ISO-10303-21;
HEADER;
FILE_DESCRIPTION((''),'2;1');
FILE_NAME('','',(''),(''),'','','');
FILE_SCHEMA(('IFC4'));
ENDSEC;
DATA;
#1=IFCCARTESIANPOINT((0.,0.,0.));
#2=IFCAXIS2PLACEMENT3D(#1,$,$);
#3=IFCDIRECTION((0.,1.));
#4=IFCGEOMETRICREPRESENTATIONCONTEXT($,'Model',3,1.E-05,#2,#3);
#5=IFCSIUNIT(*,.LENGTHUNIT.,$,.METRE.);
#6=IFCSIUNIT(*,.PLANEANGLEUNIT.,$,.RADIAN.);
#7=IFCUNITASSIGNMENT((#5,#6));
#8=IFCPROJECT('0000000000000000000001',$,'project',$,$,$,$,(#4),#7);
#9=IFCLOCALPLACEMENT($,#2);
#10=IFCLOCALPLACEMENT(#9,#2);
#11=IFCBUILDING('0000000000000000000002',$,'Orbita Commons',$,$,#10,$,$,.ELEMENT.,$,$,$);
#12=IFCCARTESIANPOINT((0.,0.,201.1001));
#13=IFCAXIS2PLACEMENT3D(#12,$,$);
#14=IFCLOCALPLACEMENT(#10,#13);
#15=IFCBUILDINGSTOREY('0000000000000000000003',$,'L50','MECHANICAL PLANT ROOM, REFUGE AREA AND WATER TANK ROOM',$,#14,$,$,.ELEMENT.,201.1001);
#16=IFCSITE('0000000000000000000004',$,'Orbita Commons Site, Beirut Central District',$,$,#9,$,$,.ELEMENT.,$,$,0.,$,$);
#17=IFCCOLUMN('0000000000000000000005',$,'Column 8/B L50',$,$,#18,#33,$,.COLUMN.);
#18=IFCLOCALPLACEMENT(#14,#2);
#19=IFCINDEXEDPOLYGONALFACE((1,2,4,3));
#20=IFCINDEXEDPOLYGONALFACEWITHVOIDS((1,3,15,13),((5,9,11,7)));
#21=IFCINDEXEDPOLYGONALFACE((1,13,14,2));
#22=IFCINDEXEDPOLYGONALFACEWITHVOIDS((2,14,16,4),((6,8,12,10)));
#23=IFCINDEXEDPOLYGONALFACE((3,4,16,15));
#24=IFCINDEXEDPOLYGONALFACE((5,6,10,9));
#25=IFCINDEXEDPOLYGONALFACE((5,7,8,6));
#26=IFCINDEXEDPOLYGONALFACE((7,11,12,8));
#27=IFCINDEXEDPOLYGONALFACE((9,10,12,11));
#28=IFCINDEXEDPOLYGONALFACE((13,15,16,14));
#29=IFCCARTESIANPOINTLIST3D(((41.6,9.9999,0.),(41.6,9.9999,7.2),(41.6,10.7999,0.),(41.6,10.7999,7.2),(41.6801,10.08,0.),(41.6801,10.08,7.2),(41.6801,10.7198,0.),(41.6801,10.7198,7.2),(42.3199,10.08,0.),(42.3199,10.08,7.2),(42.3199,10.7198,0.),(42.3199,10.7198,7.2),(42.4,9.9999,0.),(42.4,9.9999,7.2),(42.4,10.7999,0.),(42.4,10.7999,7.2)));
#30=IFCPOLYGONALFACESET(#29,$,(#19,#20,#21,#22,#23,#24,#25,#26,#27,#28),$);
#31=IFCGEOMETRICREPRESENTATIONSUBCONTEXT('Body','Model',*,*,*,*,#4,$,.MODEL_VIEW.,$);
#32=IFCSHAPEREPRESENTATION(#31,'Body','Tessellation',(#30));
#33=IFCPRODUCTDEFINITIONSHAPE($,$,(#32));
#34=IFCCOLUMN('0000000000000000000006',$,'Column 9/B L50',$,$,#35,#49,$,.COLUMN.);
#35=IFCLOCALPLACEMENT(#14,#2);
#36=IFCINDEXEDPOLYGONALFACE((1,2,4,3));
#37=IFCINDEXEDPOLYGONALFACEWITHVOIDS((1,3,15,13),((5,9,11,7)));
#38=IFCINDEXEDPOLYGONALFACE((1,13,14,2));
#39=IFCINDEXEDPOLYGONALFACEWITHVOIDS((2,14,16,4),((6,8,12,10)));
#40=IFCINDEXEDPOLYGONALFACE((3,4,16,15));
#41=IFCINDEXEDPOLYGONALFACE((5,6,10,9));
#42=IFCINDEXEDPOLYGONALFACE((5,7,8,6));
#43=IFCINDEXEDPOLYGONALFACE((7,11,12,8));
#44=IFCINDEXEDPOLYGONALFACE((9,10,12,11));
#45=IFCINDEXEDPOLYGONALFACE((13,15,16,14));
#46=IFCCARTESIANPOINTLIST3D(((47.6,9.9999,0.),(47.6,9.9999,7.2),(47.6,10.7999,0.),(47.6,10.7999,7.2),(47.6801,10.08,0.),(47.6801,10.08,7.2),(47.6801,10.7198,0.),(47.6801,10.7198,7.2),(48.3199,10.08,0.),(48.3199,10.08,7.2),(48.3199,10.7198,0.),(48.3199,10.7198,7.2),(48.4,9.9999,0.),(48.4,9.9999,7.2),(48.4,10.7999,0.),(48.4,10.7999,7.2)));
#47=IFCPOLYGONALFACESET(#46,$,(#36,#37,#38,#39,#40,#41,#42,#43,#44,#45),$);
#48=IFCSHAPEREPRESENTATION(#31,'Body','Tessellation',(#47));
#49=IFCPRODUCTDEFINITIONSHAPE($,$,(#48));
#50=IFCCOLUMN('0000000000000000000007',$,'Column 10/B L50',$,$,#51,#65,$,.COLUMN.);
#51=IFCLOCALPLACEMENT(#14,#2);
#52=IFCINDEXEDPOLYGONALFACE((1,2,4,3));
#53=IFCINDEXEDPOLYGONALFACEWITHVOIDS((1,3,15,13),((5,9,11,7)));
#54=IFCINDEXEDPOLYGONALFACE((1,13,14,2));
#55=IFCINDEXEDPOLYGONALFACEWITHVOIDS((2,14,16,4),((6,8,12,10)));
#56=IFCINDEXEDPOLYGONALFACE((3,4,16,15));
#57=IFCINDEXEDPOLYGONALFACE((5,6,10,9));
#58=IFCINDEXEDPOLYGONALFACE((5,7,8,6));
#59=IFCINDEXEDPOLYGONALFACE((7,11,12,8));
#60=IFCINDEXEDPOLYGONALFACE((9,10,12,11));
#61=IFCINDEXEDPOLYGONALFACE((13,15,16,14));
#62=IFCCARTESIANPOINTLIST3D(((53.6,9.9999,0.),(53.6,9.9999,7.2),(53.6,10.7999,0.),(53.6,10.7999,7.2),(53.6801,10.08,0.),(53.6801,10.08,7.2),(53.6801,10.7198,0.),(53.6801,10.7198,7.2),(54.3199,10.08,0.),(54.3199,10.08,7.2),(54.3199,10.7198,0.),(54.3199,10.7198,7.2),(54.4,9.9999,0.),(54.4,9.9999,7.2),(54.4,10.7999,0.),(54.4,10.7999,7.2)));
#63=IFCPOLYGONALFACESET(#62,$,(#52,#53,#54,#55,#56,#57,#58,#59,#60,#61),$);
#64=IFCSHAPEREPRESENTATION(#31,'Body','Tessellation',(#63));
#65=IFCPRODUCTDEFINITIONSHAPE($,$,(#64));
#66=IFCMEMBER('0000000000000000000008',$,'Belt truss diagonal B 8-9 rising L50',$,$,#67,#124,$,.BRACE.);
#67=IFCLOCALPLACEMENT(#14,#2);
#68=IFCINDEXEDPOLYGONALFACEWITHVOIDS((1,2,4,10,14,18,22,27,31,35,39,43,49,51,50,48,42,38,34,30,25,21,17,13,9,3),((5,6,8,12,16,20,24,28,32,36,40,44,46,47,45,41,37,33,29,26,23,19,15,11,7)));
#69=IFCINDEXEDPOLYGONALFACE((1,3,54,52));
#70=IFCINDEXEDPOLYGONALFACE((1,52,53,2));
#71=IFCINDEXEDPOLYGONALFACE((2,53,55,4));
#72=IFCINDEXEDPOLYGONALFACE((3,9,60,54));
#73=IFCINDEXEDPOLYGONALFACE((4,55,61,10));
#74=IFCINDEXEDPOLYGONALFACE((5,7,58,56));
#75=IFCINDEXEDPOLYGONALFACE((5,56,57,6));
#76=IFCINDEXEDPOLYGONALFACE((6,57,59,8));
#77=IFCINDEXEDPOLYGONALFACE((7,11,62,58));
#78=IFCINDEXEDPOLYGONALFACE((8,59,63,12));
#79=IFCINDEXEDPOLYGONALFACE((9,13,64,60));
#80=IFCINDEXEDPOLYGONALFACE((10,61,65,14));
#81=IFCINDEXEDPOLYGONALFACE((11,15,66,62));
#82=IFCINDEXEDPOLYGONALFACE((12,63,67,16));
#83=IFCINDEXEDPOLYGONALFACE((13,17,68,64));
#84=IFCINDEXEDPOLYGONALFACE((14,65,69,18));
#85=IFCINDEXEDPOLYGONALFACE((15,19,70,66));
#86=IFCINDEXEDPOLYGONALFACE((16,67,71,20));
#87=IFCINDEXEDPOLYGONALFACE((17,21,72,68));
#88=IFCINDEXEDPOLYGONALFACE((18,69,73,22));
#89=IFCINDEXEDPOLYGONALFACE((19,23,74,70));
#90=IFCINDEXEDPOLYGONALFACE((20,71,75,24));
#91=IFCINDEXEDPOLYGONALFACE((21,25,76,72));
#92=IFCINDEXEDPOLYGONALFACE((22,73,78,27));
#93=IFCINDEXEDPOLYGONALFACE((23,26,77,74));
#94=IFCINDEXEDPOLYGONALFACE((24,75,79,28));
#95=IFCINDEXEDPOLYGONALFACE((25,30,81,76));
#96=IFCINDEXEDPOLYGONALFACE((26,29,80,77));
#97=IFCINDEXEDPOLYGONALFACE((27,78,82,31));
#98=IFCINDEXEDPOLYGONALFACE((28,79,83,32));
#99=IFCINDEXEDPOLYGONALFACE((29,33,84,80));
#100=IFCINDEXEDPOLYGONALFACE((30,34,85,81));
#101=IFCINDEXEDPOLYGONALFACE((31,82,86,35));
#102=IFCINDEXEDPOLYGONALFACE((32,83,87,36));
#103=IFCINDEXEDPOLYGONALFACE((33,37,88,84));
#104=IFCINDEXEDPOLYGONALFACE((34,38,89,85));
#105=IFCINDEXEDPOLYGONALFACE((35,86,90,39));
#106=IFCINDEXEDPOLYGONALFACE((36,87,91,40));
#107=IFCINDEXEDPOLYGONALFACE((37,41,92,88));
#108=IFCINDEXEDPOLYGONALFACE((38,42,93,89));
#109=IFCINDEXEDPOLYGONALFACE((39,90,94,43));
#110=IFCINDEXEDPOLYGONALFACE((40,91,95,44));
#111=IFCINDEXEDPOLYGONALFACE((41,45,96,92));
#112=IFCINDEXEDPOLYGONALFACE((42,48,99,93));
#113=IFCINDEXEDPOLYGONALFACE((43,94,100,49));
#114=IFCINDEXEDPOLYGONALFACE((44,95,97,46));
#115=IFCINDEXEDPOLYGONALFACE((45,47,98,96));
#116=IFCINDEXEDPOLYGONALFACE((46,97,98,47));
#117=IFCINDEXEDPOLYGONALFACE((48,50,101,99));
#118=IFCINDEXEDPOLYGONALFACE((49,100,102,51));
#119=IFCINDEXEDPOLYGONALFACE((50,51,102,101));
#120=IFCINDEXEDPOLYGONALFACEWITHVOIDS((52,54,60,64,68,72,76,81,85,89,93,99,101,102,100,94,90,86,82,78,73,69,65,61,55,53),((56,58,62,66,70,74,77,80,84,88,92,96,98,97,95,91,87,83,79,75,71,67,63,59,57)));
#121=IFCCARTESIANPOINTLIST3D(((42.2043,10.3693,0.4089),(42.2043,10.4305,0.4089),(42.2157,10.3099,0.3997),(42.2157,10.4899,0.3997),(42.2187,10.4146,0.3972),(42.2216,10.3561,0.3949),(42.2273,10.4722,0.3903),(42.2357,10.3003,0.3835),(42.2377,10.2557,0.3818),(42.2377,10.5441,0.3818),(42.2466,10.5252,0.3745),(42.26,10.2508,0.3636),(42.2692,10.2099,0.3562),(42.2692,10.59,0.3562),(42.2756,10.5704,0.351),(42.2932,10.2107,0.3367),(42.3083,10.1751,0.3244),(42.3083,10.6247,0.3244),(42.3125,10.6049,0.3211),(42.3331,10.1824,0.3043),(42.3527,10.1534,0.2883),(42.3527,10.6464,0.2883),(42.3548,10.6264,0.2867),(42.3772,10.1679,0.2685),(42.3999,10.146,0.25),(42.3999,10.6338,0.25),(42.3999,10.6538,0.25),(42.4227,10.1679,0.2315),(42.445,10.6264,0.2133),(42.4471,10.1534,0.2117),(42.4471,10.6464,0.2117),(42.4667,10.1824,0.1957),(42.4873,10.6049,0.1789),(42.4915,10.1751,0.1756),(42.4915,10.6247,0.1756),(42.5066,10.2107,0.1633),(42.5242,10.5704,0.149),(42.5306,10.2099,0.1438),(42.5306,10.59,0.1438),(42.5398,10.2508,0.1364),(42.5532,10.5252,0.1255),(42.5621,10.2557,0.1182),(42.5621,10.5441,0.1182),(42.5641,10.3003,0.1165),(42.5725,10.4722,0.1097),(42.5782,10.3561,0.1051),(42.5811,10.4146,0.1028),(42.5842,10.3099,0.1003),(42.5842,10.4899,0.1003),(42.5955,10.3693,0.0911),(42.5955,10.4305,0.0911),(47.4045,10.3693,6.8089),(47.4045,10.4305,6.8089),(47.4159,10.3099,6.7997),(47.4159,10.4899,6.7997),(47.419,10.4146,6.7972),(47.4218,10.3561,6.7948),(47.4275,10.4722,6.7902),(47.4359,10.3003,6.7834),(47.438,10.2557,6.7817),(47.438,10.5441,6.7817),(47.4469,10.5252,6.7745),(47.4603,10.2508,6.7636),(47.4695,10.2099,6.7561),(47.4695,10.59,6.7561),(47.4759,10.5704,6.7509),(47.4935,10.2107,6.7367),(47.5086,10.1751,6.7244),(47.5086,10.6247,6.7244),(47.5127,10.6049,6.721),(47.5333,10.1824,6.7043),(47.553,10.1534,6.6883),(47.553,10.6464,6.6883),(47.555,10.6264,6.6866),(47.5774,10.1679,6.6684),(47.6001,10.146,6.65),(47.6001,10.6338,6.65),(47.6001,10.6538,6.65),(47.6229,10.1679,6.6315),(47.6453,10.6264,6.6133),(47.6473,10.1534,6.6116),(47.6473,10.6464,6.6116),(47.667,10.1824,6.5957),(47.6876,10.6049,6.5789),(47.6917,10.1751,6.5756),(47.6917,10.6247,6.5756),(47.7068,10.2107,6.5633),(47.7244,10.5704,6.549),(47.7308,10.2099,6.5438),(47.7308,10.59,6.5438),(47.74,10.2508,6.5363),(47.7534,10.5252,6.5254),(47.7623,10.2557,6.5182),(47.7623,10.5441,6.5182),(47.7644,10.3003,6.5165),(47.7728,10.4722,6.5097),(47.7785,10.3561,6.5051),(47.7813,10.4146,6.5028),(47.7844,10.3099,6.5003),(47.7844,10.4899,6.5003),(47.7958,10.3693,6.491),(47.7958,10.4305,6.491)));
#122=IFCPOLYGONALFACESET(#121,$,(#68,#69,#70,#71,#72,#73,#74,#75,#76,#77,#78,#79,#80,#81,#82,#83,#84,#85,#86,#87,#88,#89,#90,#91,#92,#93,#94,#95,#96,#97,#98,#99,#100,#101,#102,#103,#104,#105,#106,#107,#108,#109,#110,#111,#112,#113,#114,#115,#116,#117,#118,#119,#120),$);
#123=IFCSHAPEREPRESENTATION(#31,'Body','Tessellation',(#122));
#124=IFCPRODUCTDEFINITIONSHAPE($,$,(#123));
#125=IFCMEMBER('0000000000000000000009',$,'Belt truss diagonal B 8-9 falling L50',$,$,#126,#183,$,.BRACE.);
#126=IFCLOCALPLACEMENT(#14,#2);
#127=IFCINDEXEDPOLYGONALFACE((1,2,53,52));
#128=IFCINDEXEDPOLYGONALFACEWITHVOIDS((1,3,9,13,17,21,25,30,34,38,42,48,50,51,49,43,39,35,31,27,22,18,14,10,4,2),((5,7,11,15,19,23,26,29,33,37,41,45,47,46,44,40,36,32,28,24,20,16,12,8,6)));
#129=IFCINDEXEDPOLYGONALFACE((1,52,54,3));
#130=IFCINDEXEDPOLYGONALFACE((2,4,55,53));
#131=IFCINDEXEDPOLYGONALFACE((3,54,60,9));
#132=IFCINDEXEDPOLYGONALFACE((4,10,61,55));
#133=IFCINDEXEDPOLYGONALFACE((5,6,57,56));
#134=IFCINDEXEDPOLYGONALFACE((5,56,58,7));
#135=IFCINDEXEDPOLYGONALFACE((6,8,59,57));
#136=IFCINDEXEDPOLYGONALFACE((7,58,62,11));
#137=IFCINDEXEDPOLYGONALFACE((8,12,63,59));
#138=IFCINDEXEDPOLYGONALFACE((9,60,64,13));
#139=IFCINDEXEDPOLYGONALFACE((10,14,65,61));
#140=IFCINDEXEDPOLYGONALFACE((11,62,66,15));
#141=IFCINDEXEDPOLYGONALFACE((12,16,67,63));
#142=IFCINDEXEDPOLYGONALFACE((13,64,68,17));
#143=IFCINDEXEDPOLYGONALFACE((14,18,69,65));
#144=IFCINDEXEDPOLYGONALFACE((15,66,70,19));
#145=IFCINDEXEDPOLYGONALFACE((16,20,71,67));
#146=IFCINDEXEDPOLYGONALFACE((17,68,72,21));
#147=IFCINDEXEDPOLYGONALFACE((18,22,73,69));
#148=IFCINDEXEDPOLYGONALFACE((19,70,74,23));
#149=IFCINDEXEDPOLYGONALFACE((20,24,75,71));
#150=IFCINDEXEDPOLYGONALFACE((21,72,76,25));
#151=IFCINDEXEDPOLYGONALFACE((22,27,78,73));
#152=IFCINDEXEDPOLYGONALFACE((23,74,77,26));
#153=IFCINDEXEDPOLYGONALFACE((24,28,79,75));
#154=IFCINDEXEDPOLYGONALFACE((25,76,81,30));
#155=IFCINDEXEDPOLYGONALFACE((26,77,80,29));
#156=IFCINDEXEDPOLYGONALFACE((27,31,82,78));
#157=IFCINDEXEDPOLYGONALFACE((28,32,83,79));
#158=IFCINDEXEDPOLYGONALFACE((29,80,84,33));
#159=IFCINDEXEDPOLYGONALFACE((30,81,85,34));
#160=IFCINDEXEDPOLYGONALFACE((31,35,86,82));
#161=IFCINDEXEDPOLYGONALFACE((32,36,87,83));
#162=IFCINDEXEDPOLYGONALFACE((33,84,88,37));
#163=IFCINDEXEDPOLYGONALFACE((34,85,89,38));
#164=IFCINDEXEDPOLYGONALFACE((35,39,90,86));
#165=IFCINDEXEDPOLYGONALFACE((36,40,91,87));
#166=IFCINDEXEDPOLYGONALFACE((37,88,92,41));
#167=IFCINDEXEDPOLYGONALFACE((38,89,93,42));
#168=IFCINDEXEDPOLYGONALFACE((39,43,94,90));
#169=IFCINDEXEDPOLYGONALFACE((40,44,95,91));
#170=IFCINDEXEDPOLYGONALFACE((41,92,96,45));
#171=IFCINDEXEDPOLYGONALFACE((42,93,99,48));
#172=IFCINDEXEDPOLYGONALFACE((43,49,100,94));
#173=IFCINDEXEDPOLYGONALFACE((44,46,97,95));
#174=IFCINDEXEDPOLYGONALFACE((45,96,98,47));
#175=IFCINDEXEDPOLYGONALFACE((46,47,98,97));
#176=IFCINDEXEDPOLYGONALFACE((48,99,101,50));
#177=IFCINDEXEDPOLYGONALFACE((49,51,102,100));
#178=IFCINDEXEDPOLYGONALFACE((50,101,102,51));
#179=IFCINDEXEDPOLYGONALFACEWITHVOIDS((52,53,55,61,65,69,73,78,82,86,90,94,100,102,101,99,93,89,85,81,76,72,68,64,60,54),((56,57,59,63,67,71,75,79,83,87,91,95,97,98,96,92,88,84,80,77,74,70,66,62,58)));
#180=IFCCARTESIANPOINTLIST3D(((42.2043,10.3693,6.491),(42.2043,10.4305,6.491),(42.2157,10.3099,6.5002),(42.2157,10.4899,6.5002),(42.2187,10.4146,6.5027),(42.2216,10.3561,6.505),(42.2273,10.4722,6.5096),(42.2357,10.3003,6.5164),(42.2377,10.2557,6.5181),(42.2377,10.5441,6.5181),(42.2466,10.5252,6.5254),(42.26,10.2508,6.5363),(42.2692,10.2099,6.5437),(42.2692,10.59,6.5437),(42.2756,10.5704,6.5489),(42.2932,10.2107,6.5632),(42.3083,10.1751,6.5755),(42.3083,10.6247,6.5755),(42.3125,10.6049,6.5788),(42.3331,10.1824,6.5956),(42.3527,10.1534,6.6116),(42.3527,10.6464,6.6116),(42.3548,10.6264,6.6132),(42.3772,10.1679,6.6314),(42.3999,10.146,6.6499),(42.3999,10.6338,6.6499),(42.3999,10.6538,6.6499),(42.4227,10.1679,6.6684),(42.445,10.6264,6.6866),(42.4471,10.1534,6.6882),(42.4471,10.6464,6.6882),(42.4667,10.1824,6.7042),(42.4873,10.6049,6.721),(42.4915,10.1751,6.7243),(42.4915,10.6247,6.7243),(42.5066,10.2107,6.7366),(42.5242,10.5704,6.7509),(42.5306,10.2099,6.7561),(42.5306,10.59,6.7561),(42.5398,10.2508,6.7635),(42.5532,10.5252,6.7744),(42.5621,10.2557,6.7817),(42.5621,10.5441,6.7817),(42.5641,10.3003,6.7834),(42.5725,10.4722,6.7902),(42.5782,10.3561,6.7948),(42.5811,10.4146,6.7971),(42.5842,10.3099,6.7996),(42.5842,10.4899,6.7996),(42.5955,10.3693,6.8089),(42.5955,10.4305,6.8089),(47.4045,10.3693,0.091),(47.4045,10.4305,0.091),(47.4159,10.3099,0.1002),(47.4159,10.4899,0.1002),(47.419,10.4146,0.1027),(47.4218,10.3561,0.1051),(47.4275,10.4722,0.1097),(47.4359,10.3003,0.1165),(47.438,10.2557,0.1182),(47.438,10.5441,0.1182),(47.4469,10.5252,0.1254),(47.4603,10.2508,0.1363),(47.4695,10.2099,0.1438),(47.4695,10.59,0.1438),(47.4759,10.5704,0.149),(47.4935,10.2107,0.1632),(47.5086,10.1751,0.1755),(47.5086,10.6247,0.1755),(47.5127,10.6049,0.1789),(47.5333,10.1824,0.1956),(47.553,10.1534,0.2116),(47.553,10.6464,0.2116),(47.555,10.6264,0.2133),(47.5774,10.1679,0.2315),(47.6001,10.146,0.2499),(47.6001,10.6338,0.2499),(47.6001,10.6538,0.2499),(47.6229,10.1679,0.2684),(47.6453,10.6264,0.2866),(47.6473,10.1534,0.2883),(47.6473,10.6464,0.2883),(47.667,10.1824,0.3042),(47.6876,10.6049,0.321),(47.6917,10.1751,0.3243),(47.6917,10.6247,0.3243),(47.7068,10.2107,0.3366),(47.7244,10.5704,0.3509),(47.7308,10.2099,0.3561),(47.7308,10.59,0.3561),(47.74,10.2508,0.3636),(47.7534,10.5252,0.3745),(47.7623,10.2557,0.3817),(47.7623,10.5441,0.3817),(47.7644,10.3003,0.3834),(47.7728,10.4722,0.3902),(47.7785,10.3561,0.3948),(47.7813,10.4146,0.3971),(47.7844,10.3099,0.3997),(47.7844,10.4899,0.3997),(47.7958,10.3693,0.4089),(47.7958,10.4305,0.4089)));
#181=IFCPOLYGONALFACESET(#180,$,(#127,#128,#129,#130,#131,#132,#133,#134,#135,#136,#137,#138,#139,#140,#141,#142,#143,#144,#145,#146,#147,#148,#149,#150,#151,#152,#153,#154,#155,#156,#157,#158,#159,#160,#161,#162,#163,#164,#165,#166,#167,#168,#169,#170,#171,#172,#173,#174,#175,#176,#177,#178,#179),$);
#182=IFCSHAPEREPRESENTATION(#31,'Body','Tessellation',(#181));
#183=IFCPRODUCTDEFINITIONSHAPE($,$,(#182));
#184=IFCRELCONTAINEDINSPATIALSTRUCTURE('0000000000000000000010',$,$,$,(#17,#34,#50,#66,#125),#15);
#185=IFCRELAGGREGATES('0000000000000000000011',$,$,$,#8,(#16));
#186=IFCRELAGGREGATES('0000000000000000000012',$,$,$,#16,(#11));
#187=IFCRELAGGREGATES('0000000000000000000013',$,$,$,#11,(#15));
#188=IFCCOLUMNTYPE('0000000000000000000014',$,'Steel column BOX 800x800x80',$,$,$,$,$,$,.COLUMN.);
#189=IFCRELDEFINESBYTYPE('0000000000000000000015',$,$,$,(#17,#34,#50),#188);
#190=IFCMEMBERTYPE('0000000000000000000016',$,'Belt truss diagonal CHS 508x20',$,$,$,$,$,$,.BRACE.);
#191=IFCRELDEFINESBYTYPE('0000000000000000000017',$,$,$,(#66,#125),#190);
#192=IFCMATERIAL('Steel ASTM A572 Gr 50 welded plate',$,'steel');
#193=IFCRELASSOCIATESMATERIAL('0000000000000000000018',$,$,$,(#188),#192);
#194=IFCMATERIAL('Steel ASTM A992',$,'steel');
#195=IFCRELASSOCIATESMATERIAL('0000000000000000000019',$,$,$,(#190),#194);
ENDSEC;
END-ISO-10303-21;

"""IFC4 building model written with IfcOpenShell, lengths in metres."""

from ifc_helpers import new_model, si_unit, direction, frame, origin, origin_2d, place, context, subcontext, project, spatial, hollow_rectangle, hollow_circle, extrude, material, material_profile, profile_set, type_object, element, save


model = new_model("IFC4")

# Units and contexts
model_context = context("Model", 3, precision=1e-05, world=origin(), true_north=direction((0.0, 1.0)))
body_context = subcontext(model_context, "Body", "Model", "MODEL_VIEW")
ifc_project = project(units=[si_unit("LENGTHUNIT", "METRE"), si_unit("PLANEANGLEUNIT", "RADIAN")], contexts=[model_context])

# Site, building, storey
site_placement = place(None, origin())
site = spatial("IfcSite", under=ifc_project, at=site_placement, Name="Orbita Commons Site, Beirut Central District", CompositionType="ELEMENT", RefElevation=0.0)
building_placement = place(site_placement, origin())
building = spatial("IfcBuilding", under=site, at=building_placement, Name="Orbita Commons", CompositionType="ELEMENT")
storey_placement = place(building_placement, frame((0.0, 0.0, 201.1001)))
storey = spatial("IfcBuildingStorey", under=building, at=storey_placement, Name="L50", Description="MECHANICAL PLANT ROOM, REFUGE AREA AND WATER TANK ROOM", CompositionType="ELEMENT", Elevation=201.1001)

# Columns
ifc_material_1 = material(Name="Steel ASTM A572 Gr 50 welded plate", Category="steel")
ifc_material_profile_1 = material_profile(ifc_material_1, hollow_rectangle(XDim=0.8, YDim=0.8, WallThickness=0.0801, at=origin_2d()), Name="BOX 800x800x80")
ifc_profile_set_1 = profile_set([ifc_material_profile_1], Name="Steel ASTM A572 Gr 50 welded plate")
column_type = type_object("IfcColumnType", Name="Steel column BOX 800x800x80", PredefinedType="COLUMN", material=ifc_profile_set_1)
for number, where, z_axis, x_axis, name in (
    (1, (42.0, 10.3999, 0.0), (0.0, 0.0, 1.0), (1.0, 0.0, 0.0), "Column 8/B L50"),
    (2, (48.0, 10.3999, 0.0), (0.0, 0.0, 1.0), (1.0, 0.0, 0.0), "Column 9/B L50"),
    (3, (54.0, 10.3999, 0.0), (0.0, 0.0, 1.0), (1.0, 0.0, 0.0), "Column 10/B L50"),
):
    element("IfcColumn", number, at=place(storey_placement, frame(where, z_axis=z_axis, x_axis=x_axis)), inside=storey, type_object=column_type, Name=name, PredefinedType="COLUMN", context=body_context, shape_type="SweptSolid", body=[
        extrude(hollow_rectangle(XDim=0.8, YDim=0.8, WallThickness=0.0801, at=origin_2d()), origin(), (0.0, 0.0, 1.0), 7.2),
    ])

# Members
ifc_material_2 = material(Name="Steel ASTM A992", Category="steel")
ifc_material_profile_2 = material_profile(ifc_material_2, hollow_circle(Radius=0.2539, WallThickness=0.02, at=origin_2d()), Name="CHS 508x20")
ifc_profile_set_2 = profile_set([ifc_material_profile_2], Name="Steel ASTM A992")
member_type_1 = type_object("IfcMemberType", Name="Belt truss diagonal CHS 508x20", PredefinedType="BRACE", material=ifc_profile_set_2)
for number, where, z_axis, x_axis, name in (
    (4, (42.3999, 10.3999, 0.25), (0.630613, 0.0, 0.776098), (0.0, 1.0, 0.0), "Belt truss diagonal B 8-9 rising L50"),
    (5, (42.3999, 10.3999, 6.6499), (0.630613, 0.0, -0.776098), (0.0, 1.0, 0.0), "Belt truss diagonal B 8-9 falling L50"),
):
    element("IfcMember", number, at=place(storey_placement, frame(where, z_axis=z_axis, x_axis=x_axis)), inside=storey, type_object=member_type_1, Name=name, PredefinedType="BRACE", context=body_context, shape_type="SweptSolid", body=[
        extrude(hollow_circle(Radius=0.2539, WallThickness=0.02, at=origin_2d()), origin(), (0.0, 0.0, 1.0), 8.2463),
    ])

save(model, "model.ifc")
